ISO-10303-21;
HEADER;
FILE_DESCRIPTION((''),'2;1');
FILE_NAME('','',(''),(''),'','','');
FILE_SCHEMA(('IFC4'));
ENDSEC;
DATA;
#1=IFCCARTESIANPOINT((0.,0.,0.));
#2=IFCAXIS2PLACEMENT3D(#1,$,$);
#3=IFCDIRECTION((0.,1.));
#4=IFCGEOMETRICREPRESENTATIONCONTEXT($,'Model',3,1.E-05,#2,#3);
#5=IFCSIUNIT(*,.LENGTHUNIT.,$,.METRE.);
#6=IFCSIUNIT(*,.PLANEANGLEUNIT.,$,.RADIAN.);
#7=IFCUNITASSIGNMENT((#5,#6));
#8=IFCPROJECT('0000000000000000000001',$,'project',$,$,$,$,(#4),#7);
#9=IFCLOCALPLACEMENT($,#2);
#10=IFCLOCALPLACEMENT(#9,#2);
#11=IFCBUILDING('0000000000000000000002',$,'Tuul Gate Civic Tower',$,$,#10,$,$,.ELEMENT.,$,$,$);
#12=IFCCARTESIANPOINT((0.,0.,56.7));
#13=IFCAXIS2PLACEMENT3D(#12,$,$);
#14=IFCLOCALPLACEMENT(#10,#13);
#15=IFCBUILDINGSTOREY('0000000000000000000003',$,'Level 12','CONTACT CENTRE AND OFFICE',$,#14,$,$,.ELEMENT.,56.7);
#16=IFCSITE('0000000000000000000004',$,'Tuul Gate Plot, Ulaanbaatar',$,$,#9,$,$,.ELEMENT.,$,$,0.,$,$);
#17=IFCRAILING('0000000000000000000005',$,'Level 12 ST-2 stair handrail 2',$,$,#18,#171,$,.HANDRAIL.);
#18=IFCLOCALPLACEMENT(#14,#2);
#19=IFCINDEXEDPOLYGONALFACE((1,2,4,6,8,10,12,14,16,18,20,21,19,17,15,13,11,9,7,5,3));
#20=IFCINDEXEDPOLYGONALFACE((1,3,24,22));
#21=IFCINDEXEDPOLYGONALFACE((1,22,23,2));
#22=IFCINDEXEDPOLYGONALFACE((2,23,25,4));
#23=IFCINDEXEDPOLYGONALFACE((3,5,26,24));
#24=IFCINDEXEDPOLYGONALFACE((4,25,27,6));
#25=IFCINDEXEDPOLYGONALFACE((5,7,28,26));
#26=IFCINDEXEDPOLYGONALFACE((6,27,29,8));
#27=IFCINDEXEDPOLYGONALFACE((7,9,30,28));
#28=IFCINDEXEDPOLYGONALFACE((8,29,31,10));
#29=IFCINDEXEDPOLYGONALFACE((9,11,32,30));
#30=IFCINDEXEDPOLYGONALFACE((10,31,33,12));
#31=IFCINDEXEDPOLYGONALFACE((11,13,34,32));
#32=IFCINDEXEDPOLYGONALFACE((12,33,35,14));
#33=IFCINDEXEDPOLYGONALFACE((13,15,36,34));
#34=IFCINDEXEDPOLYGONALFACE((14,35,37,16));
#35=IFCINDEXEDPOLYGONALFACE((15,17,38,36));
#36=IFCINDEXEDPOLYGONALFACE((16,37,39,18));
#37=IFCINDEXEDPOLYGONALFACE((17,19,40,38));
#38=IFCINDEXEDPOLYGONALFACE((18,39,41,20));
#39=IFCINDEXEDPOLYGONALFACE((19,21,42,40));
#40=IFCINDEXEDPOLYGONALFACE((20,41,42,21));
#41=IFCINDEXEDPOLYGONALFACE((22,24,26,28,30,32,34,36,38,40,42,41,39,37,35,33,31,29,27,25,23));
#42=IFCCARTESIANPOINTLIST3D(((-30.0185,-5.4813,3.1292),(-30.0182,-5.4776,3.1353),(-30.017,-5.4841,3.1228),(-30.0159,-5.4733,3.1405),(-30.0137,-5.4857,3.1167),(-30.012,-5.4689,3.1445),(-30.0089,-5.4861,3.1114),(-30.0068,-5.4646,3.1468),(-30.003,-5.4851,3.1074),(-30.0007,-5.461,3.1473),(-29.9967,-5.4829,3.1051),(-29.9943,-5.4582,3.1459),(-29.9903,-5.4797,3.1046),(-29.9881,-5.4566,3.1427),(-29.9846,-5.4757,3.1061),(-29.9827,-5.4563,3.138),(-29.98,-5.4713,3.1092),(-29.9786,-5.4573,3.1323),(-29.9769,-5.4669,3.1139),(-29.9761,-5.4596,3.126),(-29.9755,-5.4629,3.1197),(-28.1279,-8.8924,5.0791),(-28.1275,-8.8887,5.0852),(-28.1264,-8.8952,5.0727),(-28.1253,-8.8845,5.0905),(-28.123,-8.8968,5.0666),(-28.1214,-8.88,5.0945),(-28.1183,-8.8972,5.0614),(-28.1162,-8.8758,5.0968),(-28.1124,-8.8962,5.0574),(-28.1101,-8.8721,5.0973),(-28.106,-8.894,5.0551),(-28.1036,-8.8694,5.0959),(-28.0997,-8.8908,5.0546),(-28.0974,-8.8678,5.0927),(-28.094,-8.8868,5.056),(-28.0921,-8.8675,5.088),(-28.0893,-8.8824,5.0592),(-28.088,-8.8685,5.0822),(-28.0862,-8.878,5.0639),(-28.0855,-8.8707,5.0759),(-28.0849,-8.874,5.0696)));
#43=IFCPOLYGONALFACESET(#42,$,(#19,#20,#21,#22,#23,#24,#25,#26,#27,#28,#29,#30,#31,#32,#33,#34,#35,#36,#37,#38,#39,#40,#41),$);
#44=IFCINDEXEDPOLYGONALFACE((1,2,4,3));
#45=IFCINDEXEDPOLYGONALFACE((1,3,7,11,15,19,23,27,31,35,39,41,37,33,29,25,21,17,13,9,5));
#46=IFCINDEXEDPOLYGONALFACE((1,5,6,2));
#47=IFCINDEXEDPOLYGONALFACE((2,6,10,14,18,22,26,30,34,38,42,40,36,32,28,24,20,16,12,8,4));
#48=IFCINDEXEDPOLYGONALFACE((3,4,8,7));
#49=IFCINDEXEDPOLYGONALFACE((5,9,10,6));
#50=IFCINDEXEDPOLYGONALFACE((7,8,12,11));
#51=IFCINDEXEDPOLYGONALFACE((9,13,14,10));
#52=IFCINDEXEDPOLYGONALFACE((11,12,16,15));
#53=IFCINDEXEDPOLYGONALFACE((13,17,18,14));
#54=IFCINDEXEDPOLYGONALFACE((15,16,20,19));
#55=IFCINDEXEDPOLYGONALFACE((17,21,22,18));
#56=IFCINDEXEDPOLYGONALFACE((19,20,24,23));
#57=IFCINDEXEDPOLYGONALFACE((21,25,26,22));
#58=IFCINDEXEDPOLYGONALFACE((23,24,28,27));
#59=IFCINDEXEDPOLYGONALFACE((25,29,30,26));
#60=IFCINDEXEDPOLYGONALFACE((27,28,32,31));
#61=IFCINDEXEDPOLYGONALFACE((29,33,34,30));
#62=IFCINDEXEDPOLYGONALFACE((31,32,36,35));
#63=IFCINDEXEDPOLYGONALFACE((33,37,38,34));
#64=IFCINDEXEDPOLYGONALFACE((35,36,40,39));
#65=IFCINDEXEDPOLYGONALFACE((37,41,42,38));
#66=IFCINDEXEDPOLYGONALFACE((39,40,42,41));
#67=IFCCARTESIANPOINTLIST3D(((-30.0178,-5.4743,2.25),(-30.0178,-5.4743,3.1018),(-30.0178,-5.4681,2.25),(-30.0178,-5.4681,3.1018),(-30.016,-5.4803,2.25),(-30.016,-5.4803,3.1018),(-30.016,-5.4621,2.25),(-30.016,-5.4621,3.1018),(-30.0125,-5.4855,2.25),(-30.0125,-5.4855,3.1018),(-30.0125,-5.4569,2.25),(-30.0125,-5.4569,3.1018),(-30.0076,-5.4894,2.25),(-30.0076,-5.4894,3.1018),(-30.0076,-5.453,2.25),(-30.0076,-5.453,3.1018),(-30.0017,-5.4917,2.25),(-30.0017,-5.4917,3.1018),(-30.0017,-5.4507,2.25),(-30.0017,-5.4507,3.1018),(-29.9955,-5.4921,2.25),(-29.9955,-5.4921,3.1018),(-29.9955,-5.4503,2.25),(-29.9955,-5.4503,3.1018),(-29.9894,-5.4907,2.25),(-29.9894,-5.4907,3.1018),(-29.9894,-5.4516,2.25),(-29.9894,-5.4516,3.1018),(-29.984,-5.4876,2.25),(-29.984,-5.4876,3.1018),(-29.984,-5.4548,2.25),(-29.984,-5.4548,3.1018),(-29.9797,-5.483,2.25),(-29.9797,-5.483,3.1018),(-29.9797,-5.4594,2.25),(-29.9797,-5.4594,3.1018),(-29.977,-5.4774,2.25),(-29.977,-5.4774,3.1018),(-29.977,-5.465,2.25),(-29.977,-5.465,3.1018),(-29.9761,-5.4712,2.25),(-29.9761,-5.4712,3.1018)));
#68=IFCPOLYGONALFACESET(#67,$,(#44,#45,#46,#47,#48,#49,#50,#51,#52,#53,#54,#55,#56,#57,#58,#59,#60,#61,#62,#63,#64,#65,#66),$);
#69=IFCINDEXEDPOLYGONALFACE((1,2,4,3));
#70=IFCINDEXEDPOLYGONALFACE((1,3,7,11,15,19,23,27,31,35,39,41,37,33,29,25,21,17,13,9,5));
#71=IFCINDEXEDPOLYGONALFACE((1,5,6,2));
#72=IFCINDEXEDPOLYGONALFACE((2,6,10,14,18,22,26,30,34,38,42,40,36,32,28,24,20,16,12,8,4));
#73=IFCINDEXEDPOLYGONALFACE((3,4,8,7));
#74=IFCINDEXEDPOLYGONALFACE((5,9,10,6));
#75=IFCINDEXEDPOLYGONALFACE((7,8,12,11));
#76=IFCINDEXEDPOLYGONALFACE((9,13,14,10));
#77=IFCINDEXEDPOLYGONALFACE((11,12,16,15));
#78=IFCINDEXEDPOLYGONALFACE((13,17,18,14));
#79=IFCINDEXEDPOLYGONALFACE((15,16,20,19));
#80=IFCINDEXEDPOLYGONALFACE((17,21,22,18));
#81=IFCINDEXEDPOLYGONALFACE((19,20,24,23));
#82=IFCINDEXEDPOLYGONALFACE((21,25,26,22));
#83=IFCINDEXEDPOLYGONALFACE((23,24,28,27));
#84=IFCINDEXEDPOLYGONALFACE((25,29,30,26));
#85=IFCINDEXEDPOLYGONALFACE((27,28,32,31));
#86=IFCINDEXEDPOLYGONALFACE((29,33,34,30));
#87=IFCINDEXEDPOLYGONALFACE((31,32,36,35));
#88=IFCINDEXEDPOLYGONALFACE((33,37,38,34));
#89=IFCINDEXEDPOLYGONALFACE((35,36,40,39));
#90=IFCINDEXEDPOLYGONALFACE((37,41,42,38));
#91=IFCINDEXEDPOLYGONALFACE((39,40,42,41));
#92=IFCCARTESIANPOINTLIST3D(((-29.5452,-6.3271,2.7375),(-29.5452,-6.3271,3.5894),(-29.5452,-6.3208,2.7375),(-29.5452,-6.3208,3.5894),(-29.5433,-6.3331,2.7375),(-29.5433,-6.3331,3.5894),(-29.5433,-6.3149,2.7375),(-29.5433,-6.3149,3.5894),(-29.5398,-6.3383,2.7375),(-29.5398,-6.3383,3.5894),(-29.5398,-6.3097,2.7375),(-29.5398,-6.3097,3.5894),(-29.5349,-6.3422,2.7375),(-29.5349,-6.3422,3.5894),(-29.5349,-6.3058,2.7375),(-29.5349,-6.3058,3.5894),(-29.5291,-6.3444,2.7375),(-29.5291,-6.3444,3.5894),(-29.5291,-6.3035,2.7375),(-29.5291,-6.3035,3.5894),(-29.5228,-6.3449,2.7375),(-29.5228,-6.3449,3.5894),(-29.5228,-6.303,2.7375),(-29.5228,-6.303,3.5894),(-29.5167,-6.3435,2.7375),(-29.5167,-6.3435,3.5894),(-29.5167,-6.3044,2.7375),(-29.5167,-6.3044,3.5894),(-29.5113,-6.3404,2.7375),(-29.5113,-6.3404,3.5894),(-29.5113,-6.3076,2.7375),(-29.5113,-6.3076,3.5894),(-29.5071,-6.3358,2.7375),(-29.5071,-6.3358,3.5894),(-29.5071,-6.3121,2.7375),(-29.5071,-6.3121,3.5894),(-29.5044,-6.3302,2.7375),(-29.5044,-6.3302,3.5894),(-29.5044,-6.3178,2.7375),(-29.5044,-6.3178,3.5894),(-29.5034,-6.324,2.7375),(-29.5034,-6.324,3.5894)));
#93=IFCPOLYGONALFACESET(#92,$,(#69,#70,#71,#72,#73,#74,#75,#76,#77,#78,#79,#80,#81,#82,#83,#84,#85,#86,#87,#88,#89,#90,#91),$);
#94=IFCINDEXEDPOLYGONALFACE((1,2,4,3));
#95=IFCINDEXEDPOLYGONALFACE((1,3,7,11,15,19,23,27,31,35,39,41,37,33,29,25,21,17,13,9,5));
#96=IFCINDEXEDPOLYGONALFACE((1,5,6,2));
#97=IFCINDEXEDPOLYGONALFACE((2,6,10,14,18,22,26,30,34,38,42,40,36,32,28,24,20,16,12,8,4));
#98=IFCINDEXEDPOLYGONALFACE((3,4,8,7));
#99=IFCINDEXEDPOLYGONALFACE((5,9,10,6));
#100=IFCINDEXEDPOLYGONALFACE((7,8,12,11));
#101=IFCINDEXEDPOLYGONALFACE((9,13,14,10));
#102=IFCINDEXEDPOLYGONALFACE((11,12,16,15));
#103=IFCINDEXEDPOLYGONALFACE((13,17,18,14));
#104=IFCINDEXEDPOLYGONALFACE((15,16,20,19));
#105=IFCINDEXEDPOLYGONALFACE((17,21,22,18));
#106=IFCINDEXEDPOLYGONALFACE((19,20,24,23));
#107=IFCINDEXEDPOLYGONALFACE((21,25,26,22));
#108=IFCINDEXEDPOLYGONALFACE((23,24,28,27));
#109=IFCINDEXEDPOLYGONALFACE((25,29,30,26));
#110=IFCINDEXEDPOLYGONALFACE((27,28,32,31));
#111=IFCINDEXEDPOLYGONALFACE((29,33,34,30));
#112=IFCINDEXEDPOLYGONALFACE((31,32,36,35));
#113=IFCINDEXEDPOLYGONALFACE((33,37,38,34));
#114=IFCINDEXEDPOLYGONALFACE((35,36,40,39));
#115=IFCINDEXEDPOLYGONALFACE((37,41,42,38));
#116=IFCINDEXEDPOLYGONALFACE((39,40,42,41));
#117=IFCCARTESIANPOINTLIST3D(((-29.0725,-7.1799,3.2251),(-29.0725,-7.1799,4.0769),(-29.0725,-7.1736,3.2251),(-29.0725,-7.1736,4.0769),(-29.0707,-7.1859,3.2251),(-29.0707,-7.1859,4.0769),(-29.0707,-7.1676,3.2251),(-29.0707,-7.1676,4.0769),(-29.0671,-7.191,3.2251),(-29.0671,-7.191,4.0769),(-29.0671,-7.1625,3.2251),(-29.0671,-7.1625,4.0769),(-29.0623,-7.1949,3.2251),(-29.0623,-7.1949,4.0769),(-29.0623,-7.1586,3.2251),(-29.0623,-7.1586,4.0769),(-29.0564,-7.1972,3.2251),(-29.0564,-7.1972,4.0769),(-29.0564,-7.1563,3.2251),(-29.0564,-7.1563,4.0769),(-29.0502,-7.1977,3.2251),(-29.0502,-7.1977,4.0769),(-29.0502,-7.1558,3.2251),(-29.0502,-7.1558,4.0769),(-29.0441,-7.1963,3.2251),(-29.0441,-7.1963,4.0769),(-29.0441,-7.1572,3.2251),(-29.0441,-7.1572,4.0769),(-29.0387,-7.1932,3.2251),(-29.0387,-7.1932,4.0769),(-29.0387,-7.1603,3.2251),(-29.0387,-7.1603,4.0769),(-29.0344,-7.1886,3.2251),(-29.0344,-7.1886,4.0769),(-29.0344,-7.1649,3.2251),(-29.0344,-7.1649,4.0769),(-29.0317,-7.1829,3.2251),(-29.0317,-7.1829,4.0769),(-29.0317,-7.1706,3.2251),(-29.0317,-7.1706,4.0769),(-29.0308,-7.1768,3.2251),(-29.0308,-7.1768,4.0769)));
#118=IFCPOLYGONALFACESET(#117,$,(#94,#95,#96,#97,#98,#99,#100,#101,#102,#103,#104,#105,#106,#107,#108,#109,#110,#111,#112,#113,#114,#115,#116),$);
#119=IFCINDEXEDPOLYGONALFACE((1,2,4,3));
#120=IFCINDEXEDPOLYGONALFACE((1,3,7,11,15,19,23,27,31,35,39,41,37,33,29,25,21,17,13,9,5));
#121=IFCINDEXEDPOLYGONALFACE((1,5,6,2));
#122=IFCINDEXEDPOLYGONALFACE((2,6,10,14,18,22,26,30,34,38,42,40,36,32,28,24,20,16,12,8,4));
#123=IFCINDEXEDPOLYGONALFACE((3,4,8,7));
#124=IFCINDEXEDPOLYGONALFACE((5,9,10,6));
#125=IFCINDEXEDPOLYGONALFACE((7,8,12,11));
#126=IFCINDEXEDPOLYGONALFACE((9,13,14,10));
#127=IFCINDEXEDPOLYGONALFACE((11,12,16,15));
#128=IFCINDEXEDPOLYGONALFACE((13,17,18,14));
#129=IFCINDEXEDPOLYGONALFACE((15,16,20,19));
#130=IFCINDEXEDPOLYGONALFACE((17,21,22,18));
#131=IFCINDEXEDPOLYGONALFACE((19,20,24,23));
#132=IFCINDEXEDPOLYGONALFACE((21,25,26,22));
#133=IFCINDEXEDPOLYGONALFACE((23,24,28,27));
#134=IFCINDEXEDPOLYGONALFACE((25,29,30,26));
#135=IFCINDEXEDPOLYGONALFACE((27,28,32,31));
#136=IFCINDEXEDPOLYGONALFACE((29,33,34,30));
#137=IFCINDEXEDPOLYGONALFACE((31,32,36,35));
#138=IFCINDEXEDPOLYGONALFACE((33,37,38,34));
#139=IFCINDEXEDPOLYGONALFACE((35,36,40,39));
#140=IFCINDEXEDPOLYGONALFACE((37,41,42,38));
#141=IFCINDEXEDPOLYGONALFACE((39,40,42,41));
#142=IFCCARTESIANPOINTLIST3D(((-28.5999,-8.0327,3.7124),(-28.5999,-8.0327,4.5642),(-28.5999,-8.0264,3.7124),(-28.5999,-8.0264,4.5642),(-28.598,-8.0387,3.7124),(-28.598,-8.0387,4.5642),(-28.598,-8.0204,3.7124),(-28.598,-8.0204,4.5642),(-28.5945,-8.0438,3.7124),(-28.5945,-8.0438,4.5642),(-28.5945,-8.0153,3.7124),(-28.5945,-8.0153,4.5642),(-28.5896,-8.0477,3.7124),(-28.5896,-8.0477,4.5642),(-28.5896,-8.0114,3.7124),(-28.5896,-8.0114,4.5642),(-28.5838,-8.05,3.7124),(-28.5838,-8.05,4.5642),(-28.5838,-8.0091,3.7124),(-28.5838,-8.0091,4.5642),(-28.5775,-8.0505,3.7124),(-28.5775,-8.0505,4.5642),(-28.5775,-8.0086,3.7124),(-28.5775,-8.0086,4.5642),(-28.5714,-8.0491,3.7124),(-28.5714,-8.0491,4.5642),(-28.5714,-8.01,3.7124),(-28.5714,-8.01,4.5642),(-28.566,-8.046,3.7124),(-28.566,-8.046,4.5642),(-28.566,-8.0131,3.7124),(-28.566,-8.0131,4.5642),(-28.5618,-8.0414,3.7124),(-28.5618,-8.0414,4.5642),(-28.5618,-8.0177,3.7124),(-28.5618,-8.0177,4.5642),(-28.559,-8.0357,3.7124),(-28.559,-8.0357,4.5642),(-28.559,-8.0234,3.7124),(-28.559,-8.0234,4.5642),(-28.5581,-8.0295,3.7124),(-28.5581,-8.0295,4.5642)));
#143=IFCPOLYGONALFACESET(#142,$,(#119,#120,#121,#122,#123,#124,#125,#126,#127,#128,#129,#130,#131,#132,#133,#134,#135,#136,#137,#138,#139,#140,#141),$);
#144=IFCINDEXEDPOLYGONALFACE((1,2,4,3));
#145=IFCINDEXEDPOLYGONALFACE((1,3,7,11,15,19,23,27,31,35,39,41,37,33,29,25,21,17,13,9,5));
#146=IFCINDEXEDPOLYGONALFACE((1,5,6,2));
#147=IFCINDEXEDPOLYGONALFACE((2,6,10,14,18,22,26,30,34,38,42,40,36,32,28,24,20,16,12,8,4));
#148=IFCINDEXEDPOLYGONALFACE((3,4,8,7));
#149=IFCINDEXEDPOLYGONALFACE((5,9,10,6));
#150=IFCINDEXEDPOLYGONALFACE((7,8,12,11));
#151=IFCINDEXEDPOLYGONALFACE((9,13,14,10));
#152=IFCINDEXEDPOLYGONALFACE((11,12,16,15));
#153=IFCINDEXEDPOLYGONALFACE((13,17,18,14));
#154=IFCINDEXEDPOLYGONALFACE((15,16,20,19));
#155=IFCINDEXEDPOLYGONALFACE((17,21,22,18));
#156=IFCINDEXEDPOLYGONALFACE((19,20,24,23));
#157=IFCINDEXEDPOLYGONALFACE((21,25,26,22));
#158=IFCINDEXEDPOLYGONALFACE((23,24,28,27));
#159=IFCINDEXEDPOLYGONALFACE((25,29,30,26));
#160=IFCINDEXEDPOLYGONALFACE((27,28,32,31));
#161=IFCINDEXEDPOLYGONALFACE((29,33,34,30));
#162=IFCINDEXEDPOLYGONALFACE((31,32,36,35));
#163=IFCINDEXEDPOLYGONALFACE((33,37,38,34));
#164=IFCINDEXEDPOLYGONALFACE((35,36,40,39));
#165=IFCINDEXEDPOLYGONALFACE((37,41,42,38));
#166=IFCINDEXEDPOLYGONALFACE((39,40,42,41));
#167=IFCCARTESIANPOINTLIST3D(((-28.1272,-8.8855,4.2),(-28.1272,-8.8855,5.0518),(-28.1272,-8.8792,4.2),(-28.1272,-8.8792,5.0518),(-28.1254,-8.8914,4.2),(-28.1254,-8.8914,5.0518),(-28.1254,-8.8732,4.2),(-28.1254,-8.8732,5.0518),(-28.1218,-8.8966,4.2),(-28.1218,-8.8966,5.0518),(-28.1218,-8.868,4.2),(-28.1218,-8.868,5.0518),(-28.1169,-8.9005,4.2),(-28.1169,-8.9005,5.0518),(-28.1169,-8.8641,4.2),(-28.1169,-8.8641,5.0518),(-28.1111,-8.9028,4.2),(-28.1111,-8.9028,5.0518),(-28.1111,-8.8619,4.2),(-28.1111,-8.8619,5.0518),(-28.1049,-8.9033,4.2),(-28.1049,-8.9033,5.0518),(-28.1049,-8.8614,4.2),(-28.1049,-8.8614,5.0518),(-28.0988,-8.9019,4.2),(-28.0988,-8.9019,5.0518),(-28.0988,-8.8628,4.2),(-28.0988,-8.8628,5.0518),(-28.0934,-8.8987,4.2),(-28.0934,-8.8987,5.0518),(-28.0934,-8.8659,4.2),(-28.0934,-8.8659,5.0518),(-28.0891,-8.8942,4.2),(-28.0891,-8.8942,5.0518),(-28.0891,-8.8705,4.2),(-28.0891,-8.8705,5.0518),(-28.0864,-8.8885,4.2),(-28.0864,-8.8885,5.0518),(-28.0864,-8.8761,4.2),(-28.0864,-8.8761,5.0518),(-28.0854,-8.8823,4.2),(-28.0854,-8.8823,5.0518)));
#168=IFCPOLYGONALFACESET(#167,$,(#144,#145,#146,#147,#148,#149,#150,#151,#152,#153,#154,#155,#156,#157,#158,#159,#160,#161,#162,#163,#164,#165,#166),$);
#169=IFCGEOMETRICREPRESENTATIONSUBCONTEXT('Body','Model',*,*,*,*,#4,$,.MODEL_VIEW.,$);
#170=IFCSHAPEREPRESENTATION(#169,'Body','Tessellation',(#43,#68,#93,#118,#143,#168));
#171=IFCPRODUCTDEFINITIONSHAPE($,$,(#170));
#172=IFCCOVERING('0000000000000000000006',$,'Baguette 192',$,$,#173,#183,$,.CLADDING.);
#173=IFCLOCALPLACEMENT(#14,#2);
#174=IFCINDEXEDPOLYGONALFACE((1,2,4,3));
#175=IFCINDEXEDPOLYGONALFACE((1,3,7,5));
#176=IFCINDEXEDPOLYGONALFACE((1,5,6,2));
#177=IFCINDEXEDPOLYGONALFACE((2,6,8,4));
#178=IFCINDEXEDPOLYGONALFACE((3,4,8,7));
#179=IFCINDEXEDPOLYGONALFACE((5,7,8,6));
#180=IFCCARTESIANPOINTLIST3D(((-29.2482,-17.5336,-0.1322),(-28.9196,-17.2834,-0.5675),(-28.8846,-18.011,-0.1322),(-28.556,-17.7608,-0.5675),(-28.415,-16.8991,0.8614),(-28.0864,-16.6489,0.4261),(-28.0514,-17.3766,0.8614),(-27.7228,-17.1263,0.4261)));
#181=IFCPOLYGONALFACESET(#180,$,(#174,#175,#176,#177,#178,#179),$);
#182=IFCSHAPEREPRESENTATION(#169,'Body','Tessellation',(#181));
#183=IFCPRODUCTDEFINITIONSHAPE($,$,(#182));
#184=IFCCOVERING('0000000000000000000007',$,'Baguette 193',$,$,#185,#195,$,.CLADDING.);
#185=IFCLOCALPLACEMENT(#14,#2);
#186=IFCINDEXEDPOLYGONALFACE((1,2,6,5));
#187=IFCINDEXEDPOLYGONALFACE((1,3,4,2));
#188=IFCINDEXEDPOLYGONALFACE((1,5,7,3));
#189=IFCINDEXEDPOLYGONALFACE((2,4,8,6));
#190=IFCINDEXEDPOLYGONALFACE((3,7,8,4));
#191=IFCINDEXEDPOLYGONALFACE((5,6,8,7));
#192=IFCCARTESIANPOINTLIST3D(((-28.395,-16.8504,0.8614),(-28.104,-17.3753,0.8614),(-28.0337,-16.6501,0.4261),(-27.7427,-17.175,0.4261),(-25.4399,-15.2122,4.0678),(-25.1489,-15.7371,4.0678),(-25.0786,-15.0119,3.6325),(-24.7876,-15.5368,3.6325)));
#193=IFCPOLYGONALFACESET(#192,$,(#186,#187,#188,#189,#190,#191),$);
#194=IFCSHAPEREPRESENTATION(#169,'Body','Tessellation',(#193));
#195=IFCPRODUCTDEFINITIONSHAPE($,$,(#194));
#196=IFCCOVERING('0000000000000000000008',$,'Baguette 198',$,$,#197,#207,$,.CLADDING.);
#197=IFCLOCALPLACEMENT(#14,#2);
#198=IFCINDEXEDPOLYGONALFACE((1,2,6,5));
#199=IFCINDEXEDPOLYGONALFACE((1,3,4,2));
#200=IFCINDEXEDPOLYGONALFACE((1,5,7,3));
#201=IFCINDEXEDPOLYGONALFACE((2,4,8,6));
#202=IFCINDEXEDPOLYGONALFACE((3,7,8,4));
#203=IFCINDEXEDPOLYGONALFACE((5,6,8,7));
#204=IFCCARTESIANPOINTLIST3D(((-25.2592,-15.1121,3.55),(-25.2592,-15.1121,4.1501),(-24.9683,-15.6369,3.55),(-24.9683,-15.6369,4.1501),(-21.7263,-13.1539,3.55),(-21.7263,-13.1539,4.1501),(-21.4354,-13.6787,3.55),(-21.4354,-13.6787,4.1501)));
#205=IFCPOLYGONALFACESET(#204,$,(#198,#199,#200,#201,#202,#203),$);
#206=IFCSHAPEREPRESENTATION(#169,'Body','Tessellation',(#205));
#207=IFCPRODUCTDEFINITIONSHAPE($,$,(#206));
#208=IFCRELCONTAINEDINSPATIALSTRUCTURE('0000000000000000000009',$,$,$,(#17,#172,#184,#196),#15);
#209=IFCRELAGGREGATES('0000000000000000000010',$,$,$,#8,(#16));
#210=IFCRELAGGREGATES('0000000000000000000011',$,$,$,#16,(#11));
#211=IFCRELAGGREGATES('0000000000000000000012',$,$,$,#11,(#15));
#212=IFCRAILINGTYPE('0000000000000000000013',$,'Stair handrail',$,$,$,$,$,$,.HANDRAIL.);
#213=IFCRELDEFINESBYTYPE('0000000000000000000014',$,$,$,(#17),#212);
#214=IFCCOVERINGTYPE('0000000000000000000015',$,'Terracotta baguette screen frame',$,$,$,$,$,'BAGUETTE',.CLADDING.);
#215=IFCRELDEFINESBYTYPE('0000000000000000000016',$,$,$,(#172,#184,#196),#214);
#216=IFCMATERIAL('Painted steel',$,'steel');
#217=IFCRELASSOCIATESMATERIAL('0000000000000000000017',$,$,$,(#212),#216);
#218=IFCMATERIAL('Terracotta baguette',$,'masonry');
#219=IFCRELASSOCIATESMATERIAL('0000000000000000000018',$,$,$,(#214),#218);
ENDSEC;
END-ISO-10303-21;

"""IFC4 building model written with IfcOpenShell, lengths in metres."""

from ifc_helpers import new_model, si_unit, direction, frame, origin, origin_2d, place, context, subcontext, project, spatial, rectangle, circle, extrude, material, material_profile, profile_set, type_object, element, save


model = new_model("IFC4")

# Units and contexts
model_context = context("Model", 3, precision=1e-05, world=origin(), true_north=direction((0.0, 1.0)))
body_context = subcontext(model_context, "Body", "Model", "MODEL_VIEW")
ifc_project = project(units=[si_unit("LENGTHUNIT", "METRE"), si_unit("PLANEANGLEUNIT", "RADIAN")], contexts=[model_context])

# Site, building, storey
site_placement = place(None, origin())
site = spatial("IfcSite", under=ifc_project, at=site_placement, Name="Tuul Gate Plot, Ulaanbaatar", CompositionType="ELEMENT", RefElevation=0.0)
building_placement = place(site_placement, origin())
building = spatial("IfcBuilding", under=site, at=building_placement, Name="Tuul Gate Civic Tower", CompositionType="ELEMENT")
storey_placement = place(building_placement, frame((0.0, 0.0, 56.7)))
storey = spatial("IfcBuildingStorey", under=building, at=storey_placement, Name="Level 12", Description="CONTACT CENTRE AND OFFICE", CompositionType="ELEMENT", Elevation=56.7)

# Railing
ifc_material_1 = material(Name="Painted steel", Category="steel")
railing_type_1 = type_object("IfcRailingType", Name="Stair handrail", PredefinedType="HANDRAIL", material=ifc_material_1)
railing_1_placement = place(storey_placement, frame((-29.9971, -5.4712, 2.25)))
element("IfcRailing", 1, at=railing_1_placement, inside=storey, type_object=railing_type_1, Name="Level 12 ST-2 stair handrail 2", PredefinedType="HANDRAIL", context=body_context, shape_type="SweptSolid", body=[
    extrude(circle(Radius=0.0239, at=origin_2d()), frame((0.0, 0.0, 0.876), z_axis=(0.433595, -0.782308, 0.447201), x_axis=(0.874641, 0.484771, 0.0)), (0.0, 0.0, 1.0), 4.3604),
    extrude(circle(Radius=0.021, at=origin_2d()), origin(), (0.0, 0.0, 1.0), 0.8518),
    extrude(circle(Radius=0.021, at=origin_2d()), frame((0.4727, -0.8528, 0.4875)), (0.0, 0.0, 1.0), 0.8518),
    extrude(circle(Radius=0.021, at=origin_2d()), frame((0.9453, -1.7056, 0.9751)), (0.0, 0.0, 1.0), 0.8518),
    extrude(circle(Radius=0.021, at=origin_2d()), frame((1.418, -2.5583, 1.4624)), (0.0, 0.0, 1.0), 0.8518),
    extrude(circle(Radius=0.021, at=origin_2d()), frame((1.8906, -3.4111, 1.95)), (0.0, 0.0, 1.0), 0.8518),
])

# Coverings
ifc_material_2 = material(Name="Terracotta baguette", Category="masonry")
ifc_material_profile_1 = material_profile(ifc_material_2, rectangle(XDim=0.6001, YDim=0.6001, at=origin_2d()), Name="Terracotta baguette screen frame")
ifc_profile_set_1 = profile_set([ifc_material_profile_1], Name="Terracotta baguette")
covering_type = type_object("IfcCoveringType", Name="Terracotta baguette screen frame", ElementType="BAGUETTE", PredefinedType="CLADDING", material=ifc_profile_set_1)
covering_1_placement = place(storey_placement, frame((-28.9021, -17.6472, -0.3499), z_axis=(0.577164, 0.43951, 0.688268), x_axis=(-0.60584, 0.795587, 0.0)))
element("IfcCovering", 2, at=covering_1_placement, inside=storey, type_object=covering_type, Name="Baguette 192", PredefinedType="CLADDING", context=body_context, shape_type="SweptSolid", body=[
    extrude(rectangle(XDim=0.6001, YDim=0.6001, at=origin_2d()), origin(), (0.0, 0.0, 1.0), 1.4436),
])
covering_2_placement = place(storey_placement, frame((-28.0688, -17.0127, 0.6438), z_axis=(0.634416, 0.351696, 0.68835), x_axis=(-0.484845, 0.8746, 0.0)))
element("IfcCovering", 3, at=covering_2_placement, inside=storey, type_object=covering_type, Name="Baguette 193", PredefinedType="CLADDING", context=body_context, shape_type="SweptSolid", body=[
    extrude(rectangle(XDim=0.6001, YDim=0.6001, at=origin_2d()), origin(), (0.0, 0.0, 1.0), 4.658),
])
covering_3_placement = place(storey_placement, frame((-25.1138, -15.3745, 3.8501), z_axis=(0.87463, 0.484791, 0.0), x_axis=(-0.484791, 0.87463, 0.0)))
element("IfcCovering", 4, at=covering_3_placement, inside=storey, type_object=covering_type, Name="Baguette 198", PredefinedType="CLADDING", context=body_context, shape_type="SweptSolid", body=[
    extrude(rectangle(XDim=0.6001, YDim=0.6001, at=origin_2d()), origin(), (0.0, 0.0, 1.0), 4.0393),
])

save(model, "model.ifc")
